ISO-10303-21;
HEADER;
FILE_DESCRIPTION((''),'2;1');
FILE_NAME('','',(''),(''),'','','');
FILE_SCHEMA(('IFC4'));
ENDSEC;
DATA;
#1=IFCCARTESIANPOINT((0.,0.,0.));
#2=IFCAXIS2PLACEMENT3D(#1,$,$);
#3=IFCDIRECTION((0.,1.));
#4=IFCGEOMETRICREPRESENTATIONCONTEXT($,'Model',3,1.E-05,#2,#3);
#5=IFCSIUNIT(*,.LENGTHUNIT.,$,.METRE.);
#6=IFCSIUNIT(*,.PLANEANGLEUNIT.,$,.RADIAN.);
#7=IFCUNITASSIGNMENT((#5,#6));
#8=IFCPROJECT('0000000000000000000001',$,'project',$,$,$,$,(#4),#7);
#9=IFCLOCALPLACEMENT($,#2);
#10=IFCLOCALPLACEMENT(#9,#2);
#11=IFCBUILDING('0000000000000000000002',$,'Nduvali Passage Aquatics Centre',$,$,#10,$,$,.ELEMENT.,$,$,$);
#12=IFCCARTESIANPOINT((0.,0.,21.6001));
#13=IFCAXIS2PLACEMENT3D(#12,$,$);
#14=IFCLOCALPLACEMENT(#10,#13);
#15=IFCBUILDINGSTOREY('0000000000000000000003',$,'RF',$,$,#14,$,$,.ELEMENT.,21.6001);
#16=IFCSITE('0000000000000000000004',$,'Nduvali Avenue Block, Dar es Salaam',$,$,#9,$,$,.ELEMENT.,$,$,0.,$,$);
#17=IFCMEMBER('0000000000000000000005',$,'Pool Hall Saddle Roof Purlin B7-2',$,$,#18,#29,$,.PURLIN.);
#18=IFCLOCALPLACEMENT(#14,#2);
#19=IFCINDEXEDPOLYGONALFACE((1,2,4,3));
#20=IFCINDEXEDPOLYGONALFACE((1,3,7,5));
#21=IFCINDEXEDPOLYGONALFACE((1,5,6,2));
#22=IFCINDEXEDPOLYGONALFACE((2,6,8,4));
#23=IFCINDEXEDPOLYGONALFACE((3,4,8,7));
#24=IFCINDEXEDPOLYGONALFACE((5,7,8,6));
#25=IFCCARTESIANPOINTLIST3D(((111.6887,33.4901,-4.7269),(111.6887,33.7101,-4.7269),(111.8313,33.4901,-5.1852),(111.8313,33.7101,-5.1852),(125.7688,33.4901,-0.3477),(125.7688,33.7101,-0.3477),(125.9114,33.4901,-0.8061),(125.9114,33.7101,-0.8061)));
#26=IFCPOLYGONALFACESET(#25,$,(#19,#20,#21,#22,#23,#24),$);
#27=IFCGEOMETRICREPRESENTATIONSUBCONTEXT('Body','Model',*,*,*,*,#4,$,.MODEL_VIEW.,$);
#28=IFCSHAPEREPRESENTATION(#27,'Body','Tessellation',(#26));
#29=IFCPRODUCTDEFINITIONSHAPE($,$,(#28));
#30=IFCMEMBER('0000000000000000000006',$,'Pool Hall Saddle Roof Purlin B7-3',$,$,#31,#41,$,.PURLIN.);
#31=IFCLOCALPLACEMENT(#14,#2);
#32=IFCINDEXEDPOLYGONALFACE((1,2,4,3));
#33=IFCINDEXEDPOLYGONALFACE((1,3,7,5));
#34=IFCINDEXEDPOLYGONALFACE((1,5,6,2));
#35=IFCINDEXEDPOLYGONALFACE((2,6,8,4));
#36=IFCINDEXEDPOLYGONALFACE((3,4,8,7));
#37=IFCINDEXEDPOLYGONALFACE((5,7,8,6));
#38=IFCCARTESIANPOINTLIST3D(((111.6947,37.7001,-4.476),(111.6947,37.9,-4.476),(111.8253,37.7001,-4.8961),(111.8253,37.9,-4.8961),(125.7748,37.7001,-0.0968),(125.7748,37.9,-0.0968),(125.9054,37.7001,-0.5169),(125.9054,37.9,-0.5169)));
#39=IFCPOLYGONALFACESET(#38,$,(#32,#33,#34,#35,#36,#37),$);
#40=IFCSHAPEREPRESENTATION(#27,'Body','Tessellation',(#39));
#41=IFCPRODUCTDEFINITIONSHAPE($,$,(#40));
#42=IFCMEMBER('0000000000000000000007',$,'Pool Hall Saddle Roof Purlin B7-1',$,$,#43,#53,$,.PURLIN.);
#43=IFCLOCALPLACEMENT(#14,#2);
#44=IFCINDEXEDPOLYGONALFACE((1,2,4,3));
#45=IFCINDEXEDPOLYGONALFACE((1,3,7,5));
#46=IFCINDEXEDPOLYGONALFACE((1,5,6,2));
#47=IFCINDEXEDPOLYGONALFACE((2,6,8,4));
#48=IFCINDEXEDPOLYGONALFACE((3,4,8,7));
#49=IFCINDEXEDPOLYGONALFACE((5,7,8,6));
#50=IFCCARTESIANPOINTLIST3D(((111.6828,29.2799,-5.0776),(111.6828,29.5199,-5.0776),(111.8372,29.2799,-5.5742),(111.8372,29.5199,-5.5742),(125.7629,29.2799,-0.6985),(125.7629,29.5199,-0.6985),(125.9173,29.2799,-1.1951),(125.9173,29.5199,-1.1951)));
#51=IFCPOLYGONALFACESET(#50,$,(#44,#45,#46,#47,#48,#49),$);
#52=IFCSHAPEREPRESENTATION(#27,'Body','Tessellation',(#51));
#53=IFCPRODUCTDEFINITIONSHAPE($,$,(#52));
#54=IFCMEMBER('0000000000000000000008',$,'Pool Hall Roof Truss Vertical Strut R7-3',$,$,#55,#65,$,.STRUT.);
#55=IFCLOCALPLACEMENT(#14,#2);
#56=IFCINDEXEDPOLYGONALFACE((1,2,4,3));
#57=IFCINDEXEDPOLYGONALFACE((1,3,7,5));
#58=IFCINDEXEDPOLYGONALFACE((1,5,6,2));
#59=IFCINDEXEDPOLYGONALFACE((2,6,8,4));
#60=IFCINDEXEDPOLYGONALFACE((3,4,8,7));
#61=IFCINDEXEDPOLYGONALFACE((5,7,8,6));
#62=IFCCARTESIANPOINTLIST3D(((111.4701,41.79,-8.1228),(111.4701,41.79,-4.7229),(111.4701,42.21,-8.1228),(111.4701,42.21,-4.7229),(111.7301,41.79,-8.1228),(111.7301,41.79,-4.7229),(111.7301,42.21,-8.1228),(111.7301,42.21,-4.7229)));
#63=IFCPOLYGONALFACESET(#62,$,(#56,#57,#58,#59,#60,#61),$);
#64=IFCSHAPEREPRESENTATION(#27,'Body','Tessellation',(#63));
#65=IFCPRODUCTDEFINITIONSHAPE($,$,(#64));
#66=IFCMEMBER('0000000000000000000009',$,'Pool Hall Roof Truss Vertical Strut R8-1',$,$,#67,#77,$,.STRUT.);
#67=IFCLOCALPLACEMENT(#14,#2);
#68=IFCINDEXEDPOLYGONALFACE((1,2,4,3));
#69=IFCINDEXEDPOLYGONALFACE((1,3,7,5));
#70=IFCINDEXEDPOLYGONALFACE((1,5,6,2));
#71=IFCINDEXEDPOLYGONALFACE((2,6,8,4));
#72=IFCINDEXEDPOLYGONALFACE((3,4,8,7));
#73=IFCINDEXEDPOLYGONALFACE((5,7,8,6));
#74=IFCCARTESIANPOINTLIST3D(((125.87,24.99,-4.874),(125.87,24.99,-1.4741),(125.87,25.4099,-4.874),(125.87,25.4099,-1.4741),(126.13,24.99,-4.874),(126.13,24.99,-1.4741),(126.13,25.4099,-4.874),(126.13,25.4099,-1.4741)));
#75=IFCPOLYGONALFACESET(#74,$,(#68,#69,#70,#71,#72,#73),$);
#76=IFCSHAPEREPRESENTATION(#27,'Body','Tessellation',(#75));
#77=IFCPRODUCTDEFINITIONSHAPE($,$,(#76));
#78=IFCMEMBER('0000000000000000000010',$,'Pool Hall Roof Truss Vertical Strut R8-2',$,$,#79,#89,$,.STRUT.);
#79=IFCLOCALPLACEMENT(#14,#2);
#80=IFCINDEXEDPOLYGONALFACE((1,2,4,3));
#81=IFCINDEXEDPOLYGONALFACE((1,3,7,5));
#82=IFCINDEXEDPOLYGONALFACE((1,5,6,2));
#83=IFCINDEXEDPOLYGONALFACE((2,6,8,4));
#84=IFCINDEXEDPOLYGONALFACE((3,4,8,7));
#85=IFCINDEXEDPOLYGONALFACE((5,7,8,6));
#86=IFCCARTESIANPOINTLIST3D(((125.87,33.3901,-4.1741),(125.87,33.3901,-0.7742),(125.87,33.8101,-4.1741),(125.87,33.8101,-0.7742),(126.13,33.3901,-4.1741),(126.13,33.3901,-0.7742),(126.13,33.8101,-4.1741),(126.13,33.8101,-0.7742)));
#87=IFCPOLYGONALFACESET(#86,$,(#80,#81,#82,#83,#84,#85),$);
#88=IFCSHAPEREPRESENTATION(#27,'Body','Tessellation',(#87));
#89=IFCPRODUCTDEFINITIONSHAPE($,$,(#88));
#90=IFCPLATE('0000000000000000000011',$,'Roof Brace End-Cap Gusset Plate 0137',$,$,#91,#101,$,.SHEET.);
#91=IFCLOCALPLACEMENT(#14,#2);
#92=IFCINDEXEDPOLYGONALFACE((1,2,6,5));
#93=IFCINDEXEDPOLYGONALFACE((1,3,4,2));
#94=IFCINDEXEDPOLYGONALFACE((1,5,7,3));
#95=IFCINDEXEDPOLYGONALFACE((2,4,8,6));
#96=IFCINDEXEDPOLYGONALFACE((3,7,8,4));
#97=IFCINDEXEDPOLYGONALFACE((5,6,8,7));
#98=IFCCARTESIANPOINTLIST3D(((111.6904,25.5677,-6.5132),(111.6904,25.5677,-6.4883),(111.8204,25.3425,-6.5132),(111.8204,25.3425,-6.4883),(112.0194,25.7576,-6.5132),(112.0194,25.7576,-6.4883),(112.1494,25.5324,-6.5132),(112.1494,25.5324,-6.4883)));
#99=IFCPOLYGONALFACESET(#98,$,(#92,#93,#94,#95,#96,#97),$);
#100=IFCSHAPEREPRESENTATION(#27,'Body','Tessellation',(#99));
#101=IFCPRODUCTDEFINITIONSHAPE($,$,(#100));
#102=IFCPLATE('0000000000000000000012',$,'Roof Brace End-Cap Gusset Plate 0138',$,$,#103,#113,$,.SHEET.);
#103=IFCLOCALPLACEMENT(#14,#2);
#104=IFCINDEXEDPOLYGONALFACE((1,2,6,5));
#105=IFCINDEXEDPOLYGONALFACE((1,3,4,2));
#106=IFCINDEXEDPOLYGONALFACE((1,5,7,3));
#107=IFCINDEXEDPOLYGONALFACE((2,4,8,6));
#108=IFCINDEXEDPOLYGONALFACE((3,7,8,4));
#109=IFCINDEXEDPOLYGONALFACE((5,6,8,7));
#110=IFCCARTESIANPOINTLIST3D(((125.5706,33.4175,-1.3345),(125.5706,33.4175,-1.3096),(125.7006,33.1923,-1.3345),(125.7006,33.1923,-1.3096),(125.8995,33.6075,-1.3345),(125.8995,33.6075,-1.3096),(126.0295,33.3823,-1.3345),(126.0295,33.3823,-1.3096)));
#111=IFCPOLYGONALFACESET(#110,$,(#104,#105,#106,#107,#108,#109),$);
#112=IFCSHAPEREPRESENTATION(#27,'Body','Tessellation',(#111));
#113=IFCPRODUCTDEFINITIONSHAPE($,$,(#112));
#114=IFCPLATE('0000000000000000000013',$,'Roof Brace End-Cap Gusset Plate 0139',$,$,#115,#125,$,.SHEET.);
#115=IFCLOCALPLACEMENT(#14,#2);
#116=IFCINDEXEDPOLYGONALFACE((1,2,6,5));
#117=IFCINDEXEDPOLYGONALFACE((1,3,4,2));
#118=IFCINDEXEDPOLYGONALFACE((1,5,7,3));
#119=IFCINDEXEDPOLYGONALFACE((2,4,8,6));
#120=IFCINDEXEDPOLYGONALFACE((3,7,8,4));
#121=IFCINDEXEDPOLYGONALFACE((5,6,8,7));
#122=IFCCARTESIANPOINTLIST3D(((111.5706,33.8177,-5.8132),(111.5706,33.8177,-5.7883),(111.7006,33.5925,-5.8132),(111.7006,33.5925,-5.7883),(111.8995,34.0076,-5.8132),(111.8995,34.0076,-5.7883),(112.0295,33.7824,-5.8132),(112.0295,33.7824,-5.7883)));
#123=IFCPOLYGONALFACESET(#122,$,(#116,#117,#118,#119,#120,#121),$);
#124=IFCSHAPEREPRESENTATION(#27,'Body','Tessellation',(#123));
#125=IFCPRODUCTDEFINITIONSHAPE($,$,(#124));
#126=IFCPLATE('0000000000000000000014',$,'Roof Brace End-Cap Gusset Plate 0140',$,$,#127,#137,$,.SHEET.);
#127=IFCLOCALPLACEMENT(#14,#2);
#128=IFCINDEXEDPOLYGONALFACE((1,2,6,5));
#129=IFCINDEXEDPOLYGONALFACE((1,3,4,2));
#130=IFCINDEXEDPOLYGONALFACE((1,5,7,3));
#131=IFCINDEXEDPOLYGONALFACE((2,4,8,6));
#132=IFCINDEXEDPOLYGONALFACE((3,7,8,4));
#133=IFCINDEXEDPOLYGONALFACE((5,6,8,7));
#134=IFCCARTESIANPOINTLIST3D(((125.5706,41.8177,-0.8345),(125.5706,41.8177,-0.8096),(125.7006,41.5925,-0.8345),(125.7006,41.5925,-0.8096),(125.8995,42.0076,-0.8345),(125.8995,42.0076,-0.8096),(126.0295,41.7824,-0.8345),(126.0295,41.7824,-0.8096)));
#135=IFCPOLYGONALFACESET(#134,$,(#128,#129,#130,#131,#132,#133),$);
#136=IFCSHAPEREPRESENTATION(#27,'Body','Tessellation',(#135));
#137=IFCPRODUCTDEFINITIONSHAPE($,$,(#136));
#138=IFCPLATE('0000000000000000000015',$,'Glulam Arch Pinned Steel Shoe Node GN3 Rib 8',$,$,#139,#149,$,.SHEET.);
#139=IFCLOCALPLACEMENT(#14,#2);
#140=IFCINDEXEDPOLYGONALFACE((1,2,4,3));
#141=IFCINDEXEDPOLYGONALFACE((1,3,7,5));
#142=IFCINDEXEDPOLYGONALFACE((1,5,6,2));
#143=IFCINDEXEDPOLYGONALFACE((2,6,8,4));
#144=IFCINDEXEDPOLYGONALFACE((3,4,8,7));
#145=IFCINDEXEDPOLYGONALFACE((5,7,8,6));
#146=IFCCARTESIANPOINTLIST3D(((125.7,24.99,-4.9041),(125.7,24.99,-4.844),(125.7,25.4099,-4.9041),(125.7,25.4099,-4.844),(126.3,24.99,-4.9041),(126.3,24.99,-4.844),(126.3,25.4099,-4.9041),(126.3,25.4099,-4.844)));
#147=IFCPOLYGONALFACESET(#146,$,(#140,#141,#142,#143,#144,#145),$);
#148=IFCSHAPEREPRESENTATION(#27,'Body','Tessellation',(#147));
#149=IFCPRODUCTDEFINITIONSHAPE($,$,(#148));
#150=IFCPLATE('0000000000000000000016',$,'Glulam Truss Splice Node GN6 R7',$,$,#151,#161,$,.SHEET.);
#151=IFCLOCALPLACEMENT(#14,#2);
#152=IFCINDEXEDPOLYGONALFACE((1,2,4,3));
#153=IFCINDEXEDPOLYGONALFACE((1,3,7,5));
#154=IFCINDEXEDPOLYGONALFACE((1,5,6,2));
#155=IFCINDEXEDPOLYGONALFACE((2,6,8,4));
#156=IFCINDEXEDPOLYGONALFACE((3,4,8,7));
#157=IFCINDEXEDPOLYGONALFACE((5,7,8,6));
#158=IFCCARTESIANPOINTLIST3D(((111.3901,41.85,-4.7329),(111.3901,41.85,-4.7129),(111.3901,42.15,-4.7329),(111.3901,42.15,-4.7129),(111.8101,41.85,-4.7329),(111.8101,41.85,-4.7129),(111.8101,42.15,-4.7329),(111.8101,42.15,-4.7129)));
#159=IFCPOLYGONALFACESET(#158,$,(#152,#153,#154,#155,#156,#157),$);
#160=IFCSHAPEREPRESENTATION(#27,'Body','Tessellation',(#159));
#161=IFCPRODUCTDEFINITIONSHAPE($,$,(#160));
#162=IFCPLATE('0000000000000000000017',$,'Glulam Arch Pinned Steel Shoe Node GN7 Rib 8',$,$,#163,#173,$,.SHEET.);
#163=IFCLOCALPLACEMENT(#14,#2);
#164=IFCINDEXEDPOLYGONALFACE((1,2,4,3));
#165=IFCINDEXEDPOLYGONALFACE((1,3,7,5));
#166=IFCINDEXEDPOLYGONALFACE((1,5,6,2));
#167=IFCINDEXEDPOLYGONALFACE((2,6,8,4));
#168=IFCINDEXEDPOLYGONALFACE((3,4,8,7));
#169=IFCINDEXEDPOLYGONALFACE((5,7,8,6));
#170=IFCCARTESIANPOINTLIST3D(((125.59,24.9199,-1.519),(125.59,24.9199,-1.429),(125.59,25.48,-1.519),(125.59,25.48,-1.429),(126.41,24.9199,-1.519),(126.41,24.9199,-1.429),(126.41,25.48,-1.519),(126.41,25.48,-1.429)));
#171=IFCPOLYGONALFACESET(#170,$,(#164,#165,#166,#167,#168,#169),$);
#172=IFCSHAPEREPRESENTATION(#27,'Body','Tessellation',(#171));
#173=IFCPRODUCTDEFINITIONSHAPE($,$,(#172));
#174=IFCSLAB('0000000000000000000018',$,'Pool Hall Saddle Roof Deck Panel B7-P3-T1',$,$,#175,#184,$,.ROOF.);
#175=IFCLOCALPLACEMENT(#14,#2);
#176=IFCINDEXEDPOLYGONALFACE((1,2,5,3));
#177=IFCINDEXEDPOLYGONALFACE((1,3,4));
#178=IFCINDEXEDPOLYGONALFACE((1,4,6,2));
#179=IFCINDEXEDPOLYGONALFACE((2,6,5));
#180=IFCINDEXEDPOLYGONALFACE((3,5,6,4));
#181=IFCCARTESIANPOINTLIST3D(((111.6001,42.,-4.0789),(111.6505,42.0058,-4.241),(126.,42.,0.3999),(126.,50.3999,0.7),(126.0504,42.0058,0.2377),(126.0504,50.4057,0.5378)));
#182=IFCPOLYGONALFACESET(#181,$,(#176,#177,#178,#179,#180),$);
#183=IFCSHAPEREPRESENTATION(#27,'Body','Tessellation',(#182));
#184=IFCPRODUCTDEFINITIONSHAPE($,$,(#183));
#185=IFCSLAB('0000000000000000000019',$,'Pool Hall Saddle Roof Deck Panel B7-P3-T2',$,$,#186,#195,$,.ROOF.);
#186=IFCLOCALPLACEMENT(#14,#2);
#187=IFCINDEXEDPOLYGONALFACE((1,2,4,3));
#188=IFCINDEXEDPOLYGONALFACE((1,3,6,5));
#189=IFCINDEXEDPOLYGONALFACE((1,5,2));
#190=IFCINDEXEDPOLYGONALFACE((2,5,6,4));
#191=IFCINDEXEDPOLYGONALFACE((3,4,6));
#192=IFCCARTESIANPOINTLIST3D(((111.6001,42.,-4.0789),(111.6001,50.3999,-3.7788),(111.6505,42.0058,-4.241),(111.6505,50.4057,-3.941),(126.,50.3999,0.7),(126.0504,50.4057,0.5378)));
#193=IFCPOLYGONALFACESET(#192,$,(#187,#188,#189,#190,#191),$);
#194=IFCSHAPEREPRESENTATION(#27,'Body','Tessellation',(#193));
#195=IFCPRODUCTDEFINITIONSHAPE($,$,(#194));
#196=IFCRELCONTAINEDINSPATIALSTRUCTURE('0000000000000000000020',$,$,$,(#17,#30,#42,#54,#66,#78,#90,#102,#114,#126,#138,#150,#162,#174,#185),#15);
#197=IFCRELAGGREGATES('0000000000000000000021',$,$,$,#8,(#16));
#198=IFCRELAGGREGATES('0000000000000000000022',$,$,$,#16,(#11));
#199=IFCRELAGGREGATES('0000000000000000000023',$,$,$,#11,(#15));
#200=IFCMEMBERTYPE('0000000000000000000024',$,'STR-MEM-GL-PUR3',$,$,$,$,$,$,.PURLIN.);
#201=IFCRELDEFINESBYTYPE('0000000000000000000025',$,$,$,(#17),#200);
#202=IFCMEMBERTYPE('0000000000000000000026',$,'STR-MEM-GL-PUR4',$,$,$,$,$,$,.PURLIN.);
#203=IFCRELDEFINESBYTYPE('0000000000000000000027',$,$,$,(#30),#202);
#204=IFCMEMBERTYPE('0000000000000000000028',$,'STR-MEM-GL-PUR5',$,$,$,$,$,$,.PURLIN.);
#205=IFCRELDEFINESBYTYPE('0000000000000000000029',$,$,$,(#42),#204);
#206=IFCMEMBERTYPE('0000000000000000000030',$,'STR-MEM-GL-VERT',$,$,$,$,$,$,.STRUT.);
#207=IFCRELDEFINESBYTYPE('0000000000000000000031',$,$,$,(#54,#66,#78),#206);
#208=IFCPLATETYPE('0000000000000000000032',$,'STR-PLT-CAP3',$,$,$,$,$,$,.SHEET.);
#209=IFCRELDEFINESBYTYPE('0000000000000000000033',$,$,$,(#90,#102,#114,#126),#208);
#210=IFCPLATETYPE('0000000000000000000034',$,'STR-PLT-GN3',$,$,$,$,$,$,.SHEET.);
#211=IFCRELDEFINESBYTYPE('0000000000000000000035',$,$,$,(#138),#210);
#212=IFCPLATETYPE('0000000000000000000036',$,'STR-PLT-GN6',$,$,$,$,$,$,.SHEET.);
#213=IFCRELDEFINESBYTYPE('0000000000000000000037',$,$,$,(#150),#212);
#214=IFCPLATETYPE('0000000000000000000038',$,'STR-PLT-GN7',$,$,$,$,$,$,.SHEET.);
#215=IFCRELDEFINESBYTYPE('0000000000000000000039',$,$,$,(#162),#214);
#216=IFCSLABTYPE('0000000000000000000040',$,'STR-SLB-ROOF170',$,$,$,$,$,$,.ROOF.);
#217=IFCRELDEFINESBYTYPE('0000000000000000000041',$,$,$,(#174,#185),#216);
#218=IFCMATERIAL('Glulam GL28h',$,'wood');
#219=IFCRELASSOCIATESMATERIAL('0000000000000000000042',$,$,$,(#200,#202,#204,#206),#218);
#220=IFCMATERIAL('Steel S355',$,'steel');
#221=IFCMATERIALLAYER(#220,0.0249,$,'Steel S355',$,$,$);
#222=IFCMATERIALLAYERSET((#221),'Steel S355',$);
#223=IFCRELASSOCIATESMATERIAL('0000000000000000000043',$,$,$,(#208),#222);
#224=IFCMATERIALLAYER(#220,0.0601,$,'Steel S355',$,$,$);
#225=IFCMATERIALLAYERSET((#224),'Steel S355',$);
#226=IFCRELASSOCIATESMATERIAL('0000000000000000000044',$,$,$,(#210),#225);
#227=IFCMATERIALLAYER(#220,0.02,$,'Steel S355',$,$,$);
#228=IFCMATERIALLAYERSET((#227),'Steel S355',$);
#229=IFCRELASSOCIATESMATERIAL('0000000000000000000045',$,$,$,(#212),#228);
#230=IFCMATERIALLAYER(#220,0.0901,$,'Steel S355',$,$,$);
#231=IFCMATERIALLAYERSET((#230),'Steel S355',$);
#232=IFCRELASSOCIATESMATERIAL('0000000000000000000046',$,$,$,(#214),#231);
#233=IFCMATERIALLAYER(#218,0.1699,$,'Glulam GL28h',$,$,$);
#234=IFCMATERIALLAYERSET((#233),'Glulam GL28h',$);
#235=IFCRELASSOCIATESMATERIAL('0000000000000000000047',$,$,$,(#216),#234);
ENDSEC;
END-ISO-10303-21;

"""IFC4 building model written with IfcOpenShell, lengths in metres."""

from ifc_helpers import new_model, si_unit, direction, frame, origin, origin_2d, place, context, subcontext, project, spatial, polyline, rectangle, outline, extrude, material, layer, layer_set, material_profile, profile_set, type_object, element, save


model = new_model("IFC4")

# Units and contexts
model_context = context("Model", 3, precision=1e-05, world=origin(), true_north=direction((0.0, 1.0)))
body_context = subcontext(model_context, "Body", "Model", "MODEL_VIEW")
ifc_project = project(units=[si_unit("LENGTHUNIT", "METRE"), si_unit("PLANEANGLEUNIT", "RADIAN")], contexts=[model_context])

# Site, building, storey
site_placement = place(None, origin())
site = spatial("IfcSite", under=ifc_project, at=site_placement, Name="Nduvali Avenue Block, Dar es Salaam", CompositionType="ELEMENT", RefElevation=0.0)
building_placement = place(site_placement, origin())
building = spatial("IfcBuilding", under=site, at=building_placement, Name="Nduvali Passage Aquatics Centre", CompositionType="ELEMENT")
storey_placement = place(building_placement, frame((0.0, 0.0, 21.6001)))
storey = spatial("IfcBuildingStorey", under=building, at=storey_placement, Name="RF", CompositionType="ELEMENT", Elevation=21.6001)

# Members
ifc_material_1 = material(Name="Steel S355", Category="steel")
ifc_material_2 = material(Name="Glulam GL28h", Category="wood")
ifc_material_profile_1 = material_profile(ifc_material_2, rectangle(XDim=0.22, YDim=0.48, at=origin_2d()), Name="GL28h 220x480")
ifc_profile_set_1 = profile_set([ifc_material_profile_1], Name="Glulam GL28h")
member_type_1 = type_object("IfcMemberType", Name="STR-MEM-GL-PUR3", PredefinedType="PURLIN", material=ifc_profile_set_1)
member_1_placement = place(storey_placement, frame((111.76, 33.6001, -4.9561), z_axis=(0.954882, 0.0, 0.296985), x_axis=(0.0, 1.0, 0.0)))
element("IfcMember", 1, at=member_1_placement, inside=storey, type_object=member_type_1, Name="Pool Hall Saddle Roof Purlin B7-2", PredefinedType="PURLIN", context=body_context, shape_type="SweptSolid", body=[
    extrude(rectangle(XDim=0.22, YDim=0.48, at=origin_2d()), origin(), (0.0, 0.0, 1.0), 14.7454),
])
ifc_material_profile_2 = material_profile(ifc_material_2, rectangle(XDim=0.2, YDim=0.4399, at=origin_2d()), Name="GL28h 200x440")
ifc_profile_set_2 = profile_set([ifc_material_profile_2], Name="Glulam GL28h")
member_type_2 = type_object("IfcMemberType", Name="STR-MEM-GL-PUR4", PredefinedType="PURLIN", material=ifc_profile_set_2)
member_2_placement = place(storey_placement, frame((111.76, 37.8, -4.686), z_axis=(0.954882, 0.0, 0.296985), x_axis=(0.0, 1.0, 0.0)))
element("IfcMember", 2, at=member_2_placement, inside=storey, type_object=member_type_2, Name="Pool Hall Saddle Roof Purlin B7-3", PredefinedType="PURLIN", context=body_context, shape_type="SweptSolid", body=[
    extrude(rectangle(XDim=0.2, YDim=0.4399, at=origin_2d()), origin(), (0.0, 0.0, 1.0), 14.7454),
])
ifc_material_profile_3 = material_profile(ifc_material_2, rectangle(XDim=0.24, YDim=0.52, at=origin_2d()), Name="GL28h 240x520")
ifc_profile_set_3 = profile_set([ifc_material_profile_3], Name="Glulam GL28h")
member_type_3 = type_object("IfcMemberType", Name="STR-MEM-GL-PUR5", PredefinedType="PURLIN", material=ifc_profile_set_3)
member_3_placement = place(storey_placement, frame((111.76, 29.3999, -5.3259), z_axis=(0.954882, 0.0, 0.296985), x_axis=(0.0, 1.0, 0.0)))
element("IfcMember", 3, at=member_3_placement, inside=storey, type_object=member_type_3, Name="Pool Hall Saddle Roof Purlin B7-1", PredefinedType="PURLIN", context=body_context, shape_type="SweptSolid", body=[
    extrude(rectangle(XDim=0.24, YDim=0.52, at=origin_2d()), origin(), (0.0, 0.0, 1.0), 14.7454),
])
ifc_material_profile_4 = material_profile(ifc_material_2, rectangle(XDim=0.26, YDim=0.4199, at=origin_2d()), Name="GL28h 260x420")
ifc_profile_set_4 = profile_set([ifc_material_profile_4], Name="Glulam GL28h")
member_type_4 = type_object("IfcMemberType", Name="STR-MEM-GL-VERT", PredefinedType="STRUT", material=ifc_profile_set_4)
for number, where, z_axis, x_axis, name in (
    (4, (111.6001, 42.0, -8.1228), (0.0, 0.0, 1.0), (1.0, 0.0, 0.0), "Pool Hall Roof Truss Vertical Strut R7-3"),
    (5, (126.0, 25.2, -4.874), (0.0, 0.0, 1.0), (1.0, 0.0, 0.0), "Pool Hall Roof Truss Vertical Strut R8-1"),
    (6, (126.0, 33.6001, -4.1741), (0.0, 0.0, 1.0), (1.0, 0.0, 0.0), "Pool Hall Roof Truss Vertical Strut R8-2"),
):
    element("IfcMember", number, at=place(storey_placement, frame(where, z_axis=z_axis, x_axis=x_axis)), inside=storey, type_object=member_type_4, Name=name, PredefinedType="STRUT", context=body_context, shape_type="SweptSolid", body=[
        extrude(rectangle(XDim=0.26, YDim=0.4199, at=origin_2d()), origin(), (0.0, 0.0, 1.0), 3.3999),
    ])

# Plates
ifc_layer_1 = layer(ifc_material_1, 0.0249, Name="Steel S355")
ifc_layer_set_1 = layer_set([ifc_layer_1], Name="Steel S355")
plate_type_1 = type_object("IfcPlateType", Name="STR-PLT-CAP3", PredefinedType="SHEET", material=ifc_layer_set_1)
for number, where, z_axis, x_axis, name in (
    (7, (111.9199, 25.55, -6.5132), (0.0, 0.0, 1.0), (0.866025, 0.5, 0.0), "Roof Brace End-Cap Gusset Plate 0137"),
    (8, (125.8, 33.3999, -1.3345), (0.0, 0.0, 1.0), (0.866025, 0.5, 0.0), "Roof Brace End-Cap Gusset Plate 0138"),
    (9, (111.8, 33.8, -5.8132), (0.0, 0.0, 1.0), (0.866025, 0.5, 0.0), "Roof Brace End-Cap Gusset Plate 0139"),
    (10, (125.8, 41.8, -0.8345), (0.0, 0.0, 1.0), (0.866025, 0.5, 0.0), "Roof Brace End-Cap Gusset Plate 0140"),
):
    element("IfcPlate", number, at=place(storey_placement, frame(where, z_axis=z_axis, x_axis=x_axis)), inside=storey, type_object=plate_type_1, Name=name, PredefinedType="SHEET", context=body_context, shape_type="SweptSolid", body=[
        extrude(rectangle(XDim=0.3799, YDim=0.26, at=origin_2d()), origin(), (0.0, 0.0, 1.0), 0.0249),
    ])
ifc_layer_2 = layer(ifc_material_1, 0.0601, Name="Steel S355")
ifc_layer_set_2 = layer_set([ifc_layer_2], Name="Steel S355")
plate_type_2 = type_object("IfcPlateType", Name="STR-PLT-GN3", PredefinedType="SHEET", material=ifc_layer_set_2)
plate_1_placement = place(storey_placement, frame((126.0, 25.2, -4.9041), z_axis=(0.0, 0.0, 1.0), x_axis=(1.0, 0.0, 0.0)))
element("IfcPlate", 11, at=plate_1_placement, inside=storey, type_object=plate_type_2, Name="Glulam Arch Pinned Steel Shoe Node GN3 Rib 8", PredefinedType="SHEET", context=body_context, shape_type="SweptSolid", body=[
    extrude(rectangle(XDim=0.6001, YDim=0.4199, at=origin_2d()), origin(), (0.0, 0.0, 1.0), 0.0601),
])
ifc_layer_3 = layer(ifc_material_1, 0.02, Name="Steel S355")
ifc_layer_set_3 = layer_set([ifc_layer_3], Name="Steel S355")
plate_type_3 = type_object("IfcPlateType", Name="STR-PLT-GN6", PredefinedType="SHEET", material=ifc_layer_set_3)
plate_2_placement = place(storey_placement, frame((111.6001, 42.0, -4.7329), z_axis=(0.0, 0.0, 1.0), x_axis=(1.0, 0.0, 0.0)))
element("IfcPlate", 12, at=plate_2_placement, inside=storey, type_object=plate_type_3, Name="Glulam Truss Splice Node GN6 R7", PredefinedType="SHEET", context=body_context, shape_type="SweptSolid", body=[
    extrude(rectangle(XDim=0.4199, YDim=0.3, at=origin_2d()), origin(), (0.0, 0.0, 1.0), 0.02),
])
ifc_layer_4 = layer(ifc_material_1, 0.0901, Name="Steel S355")
ifc_layer_set_4 = layer_set([ifc_layer_4], Name="Steel S355")
plate_type_4 = type_object("IfcPlateType", Name="STR-PLT-GN7", PredefinedType="SHEET", material=ifc_layer_set_4)
plate_3_placement = place(storey_placement, frame((126.0, 25.2, -1.519), z_axis=(0.0, 0.0, 1.0), x_axis=(1.0, 0.0, 0.0)))
element("IfcPlate", 13, at=plate_3_placement, inside=storey, type_object=plate_type_4, Name="Glulam Arch Pinned Steel Shoe Node GN7 Rib 8", PredefinedType="SHEET", context=body_context, shape_type="SweptSolid", body=[
    extrude(rectangle(XDim=0.8201, YDim=0.5601, at=origin_2d()), origin(), (0.0, 0.0, 1.0), 0.0901),
])

# Slabs
ifc_layer_5 = layer(ifc_material_2, 0.1699, Name="Glulam GL28h")
ifc_layer_set_5 = layer_set([ifc_layer_5], Name="Glulam GL28h")
slab_type = type_object("IfcSlabType", Name="STR-SLB-ROOF170", PredefinedType="ROOF", material=ifc_layer_set_5)
slab_1_placement = place(storey_placement, frame((111.6001, 42.0, -4.0789), z_axis=(-0.296821, -0.034089, 0.954325), x_axis=(0.95488, 0.0, 0.296993)))
element("IfcSlab", 14, at=slab_1_placement, inside=storey, type_object=slab_type, Name="Pool Hall Saddle Roof Deck Panel B7-P3-T1", PredefinedType="ROOF", context=body_context, shape_type="SweptSolid", body=[
    extrude(outline(polyline([(0.0, 0.0), (15.0803, 0.0), (15.1694, 8.4048), (0.0, 0.0)])), origin(), (0.0, 0.0, -1.0), 0.1699),
])
slab_2_placement = place(storey_placement, frame((111.6001, 42.0, -4.0789), z_axis=(-0.296821, -0.034089, 0.954325), x_axis=(0.830338, 0.484361, 0.275559)))
element("IfcSlab", 15, at=slab_2_placement, inside=storey, type_object=slab_type, Name="Pool Hall Saddle Roof Deck Panel B7-P3-T2", PredefinedType="ROOF", context=body_context, shape_type="SweptSolid", body=[
    extrude(outline(polyline([(0.0, 0.0), (17.3422, 0.0), (4.1513, 7.3086), (0.0, 0.0)])), origin(), (0.0, 0.0, -1.0), 0.1699),
])

save(model, "model.ifc")
